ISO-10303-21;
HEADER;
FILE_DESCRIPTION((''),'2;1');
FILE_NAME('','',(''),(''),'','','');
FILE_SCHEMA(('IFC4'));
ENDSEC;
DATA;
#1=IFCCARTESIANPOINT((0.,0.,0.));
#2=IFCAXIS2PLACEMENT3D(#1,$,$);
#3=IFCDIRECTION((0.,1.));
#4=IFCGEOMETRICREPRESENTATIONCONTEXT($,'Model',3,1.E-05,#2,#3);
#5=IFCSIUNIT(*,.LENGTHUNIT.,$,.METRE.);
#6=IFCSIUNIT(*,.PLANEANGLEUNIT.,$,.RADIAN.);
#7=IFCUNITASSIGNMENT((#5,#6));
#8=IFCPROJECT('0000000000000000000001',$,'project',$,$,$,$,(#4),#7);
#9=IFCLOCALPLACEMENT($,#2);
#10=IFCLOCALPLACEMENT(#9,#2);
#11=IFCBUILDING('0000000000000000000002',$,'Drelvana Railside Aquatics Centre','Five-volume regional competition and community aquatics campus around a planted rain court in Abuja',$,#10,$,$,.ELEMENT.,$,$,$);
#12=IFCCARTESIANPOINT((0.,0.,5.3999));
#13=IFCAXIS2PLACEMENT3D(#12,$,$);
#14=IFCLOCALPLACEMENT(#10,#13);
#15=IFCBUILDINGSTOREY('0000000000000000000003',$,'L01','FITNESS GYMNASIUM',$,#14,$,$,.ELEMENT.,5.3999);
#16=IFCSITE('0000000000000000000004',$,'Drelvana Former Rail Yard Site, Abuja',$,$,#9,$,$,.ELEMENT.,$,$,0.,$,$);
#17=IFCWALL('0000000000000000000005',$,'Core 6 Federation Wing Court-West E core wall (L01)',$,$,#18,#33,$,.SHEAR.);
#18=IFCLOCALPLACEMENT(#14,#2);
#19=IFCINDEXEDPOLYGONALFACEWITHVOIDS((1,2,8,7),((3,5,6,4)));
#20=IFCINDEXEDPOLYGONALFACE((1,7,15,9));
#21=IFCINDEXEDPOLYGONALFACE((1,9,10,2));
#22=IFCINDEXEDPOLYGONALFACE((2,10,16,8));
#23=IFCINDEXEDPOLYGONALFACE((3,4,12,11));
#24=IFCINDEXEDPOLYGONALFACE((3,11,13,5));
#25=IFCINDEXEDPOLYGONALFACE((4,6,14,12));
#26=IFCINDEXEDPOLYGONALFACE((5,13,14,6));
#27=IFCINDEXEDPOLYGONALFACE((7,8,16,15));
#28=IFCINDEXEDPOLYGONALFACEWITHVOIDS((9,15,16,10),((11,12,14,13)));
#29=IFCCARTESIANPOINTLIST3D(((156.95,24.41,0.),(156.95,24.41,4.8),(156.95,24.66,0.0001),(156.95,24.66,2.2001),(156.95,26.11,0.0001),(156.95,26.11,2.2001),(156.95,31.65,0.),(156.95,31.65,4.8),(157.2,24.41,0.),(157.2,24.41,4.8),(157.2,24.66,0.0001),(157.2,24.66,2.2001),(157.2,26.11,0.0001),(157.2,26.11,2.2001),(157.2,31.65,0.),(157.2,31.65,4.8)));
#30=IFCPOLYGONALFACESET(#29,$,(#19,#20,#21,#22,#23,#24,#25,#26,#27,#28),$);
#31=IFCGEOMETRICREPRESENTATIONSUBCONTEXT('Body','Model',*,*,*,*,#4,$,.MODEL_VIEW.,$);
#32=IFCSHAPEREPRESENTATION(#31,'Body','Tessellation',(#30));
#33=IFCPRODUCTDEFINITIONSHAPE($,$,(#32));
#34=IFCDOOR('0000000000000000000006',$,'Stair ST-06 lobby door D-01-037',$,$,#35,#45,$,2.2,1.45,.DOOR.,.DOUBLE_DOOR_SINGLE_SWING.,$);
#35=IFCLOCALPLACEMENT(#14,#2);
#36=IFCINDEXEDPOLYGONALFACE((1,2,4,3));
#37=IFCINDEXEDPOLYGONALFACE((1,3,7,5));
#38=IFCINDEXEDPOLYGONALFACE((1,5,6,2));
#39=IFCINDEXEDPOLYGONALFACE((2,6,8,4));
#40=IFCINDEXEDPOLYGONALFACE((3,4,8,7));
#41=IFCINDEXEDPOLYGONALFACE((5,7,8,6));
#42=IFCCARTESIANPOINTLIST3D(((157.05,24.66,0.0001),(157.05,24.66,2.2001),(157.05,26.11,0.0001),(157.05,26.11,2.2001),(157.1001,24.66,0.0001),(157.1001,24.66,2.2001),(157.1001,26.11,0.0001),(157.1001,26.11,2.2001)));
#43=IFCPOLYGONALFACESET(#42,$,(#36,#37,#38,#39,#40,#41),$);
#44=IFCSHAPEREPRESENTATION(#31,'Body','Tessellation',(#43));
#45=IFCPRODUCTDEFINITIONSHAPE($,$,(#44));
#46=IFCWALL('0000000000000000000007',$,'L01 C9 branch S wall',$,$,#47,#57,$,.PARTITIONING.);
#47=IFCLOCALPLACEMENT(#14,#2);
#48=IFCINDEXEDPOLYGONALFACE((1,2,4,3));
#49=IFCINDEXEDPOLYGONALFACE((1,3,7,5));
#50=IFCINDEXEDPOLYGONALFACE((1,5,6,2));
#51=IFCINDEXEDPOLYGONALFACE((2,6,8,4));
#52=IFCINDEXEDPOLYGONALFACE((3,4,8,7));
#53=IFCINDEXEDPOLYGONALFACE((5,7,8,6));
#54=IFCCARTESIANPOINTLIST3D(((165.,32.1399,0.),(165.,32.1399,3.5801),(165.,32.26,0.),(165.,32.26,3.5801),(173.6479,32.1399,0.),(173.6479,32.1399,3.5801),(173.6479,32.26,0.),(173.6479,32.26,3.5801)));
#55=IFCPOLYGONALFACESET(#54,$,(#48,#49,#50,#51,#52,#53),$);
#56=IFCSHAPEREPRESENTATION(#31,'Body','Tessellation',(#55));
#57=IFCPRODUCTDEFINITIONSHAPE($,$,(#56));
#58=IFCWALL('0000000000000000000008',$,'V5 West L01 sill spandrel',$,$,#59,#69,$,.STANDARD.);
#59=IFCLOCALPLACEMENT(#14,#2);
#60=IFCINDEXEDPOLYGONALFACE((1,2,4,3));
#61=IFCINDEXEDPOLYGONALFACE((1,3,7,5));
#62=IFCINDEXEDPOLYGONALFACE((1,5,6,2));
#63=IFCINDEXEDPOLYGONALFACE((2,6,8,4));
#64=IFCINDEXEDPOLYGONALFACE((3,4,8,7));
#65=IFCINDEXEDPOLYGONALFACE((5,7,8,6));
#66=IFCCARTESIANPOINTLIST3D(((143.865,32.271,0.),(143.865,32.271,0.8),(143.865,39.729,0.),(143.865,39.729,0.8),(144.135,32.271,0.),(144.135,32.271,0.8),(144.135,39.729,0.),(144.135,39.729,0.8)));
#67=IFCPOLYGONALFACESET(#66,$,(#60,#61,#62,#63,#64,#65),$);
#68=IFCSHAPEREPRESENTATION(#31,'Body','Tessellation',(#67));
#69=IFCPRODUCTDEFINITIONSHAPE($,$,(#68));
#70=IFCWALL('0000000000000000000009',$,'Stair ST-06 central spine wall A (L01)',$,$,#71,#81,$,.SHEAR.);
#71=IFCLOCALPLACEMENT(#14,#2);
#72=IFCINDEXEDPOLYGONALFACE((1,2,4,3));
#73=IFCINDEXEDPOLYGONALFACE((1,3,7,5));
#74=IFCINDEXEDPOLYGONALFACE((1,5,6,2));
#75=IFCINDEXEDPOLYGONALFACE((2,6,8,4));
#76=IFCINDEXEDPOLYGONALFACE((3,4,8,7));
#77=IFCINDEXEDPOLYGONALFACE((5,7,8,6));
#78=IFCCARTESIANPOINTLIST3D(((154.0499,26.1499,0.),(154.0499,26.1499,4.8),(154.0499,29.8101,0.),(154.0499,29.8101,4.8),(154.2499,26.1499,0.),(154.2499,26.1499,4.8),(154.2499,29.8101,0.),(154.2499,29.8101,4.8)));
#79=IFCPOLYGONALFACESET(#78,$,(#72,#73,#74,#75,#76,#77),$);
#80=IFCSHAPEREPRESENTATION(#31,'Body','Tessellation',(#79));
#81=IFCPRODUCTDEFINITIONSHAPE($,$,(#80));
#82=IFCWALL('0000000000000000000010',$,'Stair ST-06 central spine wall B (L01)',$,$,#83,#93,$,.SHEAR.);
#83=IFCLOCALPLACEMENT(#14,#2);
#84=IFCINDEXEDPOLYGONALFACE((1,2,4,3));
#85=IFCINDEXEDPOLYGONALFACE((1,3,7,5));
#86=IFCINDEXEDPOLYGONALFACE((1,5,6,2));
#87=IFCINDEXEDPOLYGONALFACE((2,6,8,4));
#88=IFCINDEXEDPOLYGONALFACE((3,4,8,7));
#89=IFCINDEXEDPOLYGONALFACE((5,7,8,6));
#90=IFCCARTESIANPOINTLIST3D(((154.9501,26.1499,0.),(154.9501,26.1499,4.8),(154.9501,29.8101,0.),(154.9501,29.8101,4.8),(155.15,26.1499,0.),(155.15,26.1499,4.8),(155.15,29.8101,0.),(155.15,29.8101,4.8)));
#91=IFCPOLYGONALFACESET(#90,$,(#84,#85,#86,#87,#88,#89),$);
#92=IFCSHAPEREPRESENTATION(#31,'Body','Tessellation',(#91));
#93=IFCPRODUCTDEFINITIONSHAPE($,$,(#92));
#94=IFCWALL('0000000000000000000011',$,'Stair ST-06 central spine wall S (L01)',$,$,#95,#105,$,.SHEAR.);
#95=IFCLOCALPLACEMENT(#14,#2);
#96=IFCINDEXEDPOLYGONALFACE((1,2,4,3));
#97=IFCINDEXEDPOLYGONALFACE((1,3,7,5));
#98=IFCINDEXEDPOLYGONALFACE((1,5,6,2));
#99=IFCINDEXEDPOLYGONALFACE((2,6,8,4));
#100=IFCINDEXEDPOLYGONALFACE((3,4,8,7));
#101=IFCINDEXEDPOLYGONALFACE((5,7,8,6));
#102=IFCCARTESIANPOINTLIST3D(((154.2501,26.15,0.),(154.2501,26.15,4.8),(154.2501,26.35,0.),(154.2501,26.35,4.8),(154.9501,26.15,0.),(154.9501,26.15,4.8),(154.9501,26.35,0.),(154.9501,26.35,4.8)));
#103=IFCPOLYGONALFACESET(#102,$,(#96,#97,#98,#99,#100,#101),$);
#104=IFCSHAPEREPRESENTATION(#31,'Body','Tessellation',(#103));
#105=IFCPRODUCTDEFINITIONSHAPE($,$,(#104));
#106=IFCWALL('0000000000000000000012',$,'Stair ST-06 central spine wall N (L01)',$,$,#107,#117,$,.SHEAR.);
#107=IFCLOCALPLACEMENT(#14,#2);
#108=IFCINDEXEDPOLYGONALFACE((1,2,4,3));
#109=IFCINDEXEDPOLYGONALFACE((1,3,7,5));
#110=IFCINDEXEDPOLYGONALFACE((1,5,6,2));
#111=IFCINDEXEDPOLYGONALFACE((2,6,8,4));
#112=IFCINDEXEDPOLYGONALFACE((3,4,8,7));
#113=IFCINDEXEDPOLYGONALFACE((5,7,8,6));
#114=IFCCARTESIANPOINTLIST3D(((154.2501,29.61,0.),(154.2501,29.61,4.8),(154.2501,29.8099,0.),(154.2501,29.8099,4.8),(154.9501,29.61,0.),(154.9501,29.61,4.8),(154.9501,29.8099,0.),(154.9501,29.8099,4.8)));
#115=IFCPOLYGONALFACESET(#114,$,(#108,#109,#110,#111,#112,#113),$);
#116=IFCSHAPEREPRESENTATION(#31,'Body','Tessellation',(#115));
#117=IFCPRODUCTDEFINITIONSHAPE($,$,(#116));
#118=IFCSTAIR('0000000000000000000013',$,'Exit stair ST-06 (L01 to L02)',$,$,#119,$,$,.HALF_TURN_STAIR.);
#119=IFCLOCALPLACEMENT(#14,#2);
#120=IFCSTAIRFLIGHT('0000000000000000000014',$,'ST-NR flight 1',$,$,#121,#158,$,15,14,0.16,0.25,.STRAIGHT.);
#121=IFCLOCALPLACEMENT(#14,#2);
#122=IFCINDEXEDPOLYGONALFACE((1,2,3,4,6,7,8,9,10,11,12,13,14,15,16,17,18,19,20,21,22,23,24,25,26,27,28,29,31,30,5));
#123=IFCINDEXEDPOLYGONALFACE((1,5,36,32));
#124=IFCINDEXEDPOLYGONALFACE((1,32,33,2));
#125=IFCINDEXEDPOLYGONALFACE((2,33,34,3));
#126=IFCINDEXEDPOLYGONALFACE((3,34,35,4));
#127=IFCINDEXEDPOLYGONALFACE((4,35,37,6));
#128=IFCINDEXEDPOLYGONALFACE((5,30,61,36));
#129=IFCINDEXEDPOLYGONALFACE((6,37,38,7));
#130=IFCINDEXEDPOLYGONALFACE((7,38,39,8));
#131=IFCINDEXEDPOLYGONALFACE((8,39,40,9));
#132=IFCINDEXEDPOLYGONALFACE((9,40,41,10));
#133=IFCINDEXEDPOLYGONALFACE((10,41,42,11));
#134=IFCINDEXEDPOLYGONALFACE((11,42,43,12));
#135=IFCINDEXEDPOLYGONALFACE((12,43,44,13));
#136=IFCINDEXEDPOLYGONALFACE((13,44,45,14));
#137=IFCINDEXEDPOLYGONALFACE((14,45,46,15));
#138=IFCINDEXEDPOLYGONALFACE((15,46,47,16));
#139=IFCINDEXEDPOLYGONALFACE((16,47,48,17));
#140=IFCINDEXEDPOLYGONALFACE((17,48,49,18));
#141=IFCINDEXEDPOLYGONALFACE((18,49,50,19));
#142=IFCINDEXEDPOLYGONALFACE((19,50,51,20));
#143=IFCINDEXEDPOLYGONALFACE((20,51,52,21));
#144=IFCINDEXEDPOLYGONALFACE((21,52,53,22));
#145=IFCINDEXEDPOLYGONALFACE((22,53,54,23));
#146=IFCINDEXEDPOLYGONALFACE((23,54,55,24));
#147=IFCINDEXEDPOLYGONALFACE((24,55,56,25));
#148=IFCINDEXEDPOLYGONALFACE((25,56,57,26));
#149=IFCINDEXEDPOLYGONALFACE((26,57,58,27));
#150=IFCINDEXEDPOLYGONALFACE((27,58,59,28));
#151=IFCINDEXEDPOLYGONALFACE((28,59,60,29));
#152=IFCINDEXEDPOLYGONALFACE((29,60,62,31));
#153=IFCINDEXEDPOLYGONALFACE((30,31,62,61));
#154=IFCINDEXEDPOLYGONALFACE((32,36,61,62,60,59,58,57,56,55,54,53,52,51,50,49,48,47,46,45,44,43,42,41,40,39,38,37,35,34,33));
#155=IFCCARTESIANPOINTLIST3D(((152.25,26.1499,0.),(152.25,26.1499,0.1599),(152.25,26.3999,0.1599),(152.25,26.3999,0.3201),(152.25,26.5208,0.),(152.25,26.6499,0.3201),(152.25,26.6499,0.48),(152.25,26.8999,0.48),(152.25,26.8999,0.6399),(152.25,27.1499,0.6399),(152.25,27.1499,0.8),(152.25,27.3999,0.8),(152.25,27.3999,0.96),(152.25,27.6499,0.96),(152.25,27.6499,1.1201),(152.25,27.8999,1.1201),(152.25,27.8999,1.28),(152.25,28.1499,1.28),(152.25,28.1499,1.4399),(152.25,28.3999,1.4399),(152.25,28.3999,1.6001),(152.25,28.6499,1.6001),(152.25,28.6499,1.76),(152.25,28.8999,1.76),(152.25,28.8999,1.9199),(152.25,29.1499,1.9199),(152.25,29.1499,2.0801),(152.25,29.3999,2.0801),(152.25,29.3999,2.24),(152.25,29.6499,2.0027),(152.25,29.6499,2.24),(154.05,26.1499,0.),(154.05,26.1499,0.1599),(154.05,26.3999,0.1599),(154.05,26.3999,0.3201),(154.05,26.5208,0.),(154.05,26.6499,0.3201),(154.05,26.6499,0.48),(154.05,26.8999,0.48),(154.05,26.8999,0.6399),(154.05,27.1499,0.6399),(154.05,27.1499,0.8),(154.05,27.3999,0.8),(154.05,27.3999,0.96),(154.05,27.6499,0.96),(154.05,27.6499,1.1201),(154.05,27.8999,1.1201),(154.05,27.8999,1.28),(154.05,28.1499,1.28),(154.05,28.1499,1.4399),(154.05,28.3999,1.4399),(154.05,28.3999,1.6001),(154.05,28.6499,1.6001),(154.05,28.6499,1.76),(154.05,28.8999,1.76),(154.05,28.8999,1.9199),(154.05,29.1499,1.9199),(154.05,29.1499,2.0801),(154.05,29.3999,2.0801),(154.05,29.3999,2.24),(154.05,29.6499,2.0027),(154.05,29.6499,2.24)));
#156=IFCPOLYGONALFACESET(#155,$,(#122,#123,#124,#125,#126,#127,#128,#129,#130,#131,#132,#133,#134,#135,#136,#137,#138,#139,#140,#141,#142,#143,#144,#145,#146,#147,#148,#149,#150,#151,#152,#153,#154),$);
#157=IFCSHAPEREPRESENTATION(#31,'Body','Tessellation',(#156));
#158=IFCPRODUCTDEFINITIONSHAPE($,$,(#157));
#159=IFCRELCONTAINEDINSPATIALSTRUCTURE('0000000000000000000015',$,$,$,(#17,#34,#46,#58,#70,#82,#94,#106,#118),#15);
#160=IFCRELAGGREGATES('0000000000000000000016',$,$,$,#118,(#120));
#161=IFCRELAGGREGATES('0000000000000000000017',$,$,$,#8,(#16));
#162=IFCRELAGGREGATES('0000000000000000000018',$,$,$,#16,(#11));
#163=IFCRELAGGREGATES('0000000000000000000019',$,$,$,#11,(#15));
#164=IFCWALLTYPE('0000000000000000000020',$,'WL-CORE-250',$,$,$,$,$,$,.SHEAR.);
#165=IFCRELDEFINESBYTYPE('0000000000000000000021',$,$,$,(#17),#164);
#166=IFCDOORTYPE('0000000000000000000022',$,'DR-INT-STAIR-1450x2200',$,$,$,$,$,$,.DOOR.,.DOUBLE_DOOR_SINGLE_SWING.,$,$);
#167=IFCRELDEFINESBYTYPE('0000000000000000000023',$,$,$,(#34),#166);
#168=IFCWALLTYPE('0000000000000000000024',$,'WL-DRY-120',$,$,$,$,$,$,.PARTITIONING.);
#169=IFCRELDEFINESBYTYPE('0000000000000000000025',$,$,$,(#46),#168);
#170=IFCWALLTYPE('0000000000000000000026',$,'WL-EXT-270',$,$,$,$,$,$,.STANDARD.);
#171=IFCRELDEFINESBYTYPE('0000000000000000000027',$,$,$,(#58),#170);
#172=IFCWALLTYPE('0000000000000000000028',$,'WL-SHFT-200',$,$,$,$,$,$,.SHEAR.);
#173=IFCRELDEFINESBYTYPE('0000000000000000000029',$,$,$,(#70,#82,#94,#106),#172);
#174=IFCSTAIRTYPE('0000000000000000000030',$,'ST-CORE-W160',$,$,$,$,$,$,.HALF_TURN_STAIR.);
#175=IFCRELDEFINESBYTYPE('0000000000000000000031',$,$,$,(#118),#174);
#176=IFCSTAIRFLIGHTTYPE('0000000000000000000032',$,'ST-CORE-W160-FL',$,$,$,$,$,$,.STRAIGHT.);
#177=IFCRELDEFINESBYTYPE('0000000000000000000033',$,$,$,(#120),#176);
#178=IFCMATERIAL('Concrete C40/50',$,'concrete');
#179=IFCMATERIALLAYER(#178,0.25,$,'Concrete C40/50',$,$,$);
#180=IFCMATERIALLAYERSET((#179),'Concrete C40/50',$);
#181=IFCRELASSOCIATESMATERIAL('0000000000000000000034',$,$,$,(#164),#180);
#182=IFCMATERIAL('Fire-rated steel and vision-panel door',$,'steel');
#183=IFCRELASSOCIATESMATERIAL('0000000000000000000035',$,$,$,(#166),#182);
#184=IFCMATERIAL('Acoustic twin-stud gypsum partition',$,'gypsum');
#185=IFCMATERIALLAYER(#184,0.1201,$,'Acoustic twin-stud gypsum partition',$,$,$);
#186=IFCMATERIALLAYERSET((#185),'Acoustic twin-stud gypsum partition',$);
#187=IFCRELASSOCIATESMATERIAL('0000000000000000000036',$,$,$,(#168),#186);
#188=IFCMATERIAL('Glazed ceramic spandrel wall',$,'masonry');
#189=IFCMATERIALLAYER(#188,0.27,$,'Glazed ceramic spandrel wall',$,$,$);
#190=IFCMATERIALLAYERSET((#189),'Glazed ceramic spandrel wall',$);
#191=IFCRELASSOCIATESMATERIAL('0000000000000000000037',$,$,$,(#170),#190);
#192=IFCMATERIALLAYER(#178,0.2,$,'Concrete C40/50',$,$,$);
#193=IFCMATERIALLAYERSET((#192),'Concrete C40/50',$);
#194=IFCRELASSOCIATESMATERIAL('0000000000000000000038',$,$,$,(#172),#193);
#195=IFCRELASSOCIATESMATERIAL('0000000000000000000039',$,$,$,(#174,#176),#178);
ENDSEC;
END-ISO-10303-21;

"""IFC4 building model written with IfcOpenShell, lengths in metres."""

from ifc_helpers import new_model, si_unit, direction, frame, frame_2d, origin, place, context, subcontext, project, spatial, polyline, rectangle, outline, extrude, material, layer, layer_set, type_object, element, fill, aggregate, save


model = new_model("IFC4")

# Units and contexts
model_context = context("Model", 3, precision=1e-05, world=origin(), true_north=direction((0.0, 1.0)))
body_context = subcontext(model_context, "Body", "Model", "MODEL_VIEW")
ifc_project = project(units=[si_unit("LENGTHUNIT", "METRE"), si_unit("PLANEANGLEUNIT", "RADIAN")], contexts=[model_context])

# Site, building, storey
site_placement = place(None, origin())
site = spatial("IfcSite", under=ifc_project, at=site_placement, Name="Drelvana Former Rail Yard Site, Abuja", CompositionType="ELEMENT", RefElevation=0.0)
building_placement = place(site_placement, origin())
building = spatial("IfcBuilding", under=site, at=building_placement, Name="Drelvana Railside Aquatics Centre", Description="Five-volume regional competition and community aquatics campus around a planted rain court in Abuja", CompositionType="ELEMENT")
storey_placement = place(building_placement, frame((0.0, 0.0, 5.3999)))
storey = spatial("IfcBuildingStorey", under=building, at=storey_placement, Name="L01", Description="FITNESS GYMNASIUM", CompositionType="ELEMENT", Elevation=5.3999)

# Shared definitions
ifc_material_1 = material(Name="Concrete C40/50", Category="concrete")

# Shared definitions
ifc_layer_1 = layer(ifc_material_1, 0.25, Name="Concrete C40/50")
ifc_layer_set_1 = layer_set([ifc_layer_1], Name="Concrete C40/50")
wall_type_1 = type_object("IfcWallType", Name="WL-CORE-250", PredefinedType="SHEAR", material=ifc_layer_set_1)

# Wall, opening, door
wall_1_placement = place(storey_placement, frame((157.075, 24.4099, 0.0), z_axis=(0.0, 0.0, 1.0), x_axis=(0.0, 1.0, 0.0)))
wall_1 = element("IfcWall", 1, at=wall_1_placement, inside=storey, type_object=wall_type_1, Name="Core 6 Federation Wing Court-West E core wall (L01)", PredefinedType="SHEAR", context=body_context, shape_type="SweptSolid", body=[
    extrude(rectangle(XDim=7.24, YDim=0.25, at=frame_2d((3.6201, 0.0))), origin(), (0.0, 0.0, 1.0), 4.8),
])
opening_placement = place(wall_1_placement, frame((0.25, 0.0, 0.0)))
opening = element("IfcOpeningElement", 2, at=opening_placement, cuts=wall_1, PredefinedType="OPENING", context=body_context, shape_type="SweptSolid", body=[
    extrude(rectangle(XDim=1.45, YDim=2.2, at=frame_2d((0.7251, 1.1001))), frame((0.0, 0.135, 0.0), z_axis=(0.0, -1.0, 0.0), x_axis=(1.0, 0.0, 0.0)), (0.0, 0.0, 1.0), 0.27),
])
ifc_material_2 = material(Name="Fire-rated steel and vision-panel door", Category="steel")
door_type = type_object("IfcDoorType", Name="DR-INT-STAIR-1450x2200", OperationType="DOUBLE_DOOR_SINGLE_SWING", PredefinedType="DOOR", material=ifc_material_2)
door_placement = place(opening_placement, origin())
door = element("IfcDoor", 3, at=door_placement, inside=storey, type_object=door_type, Name="Stair ST-06 lobby door D-01-037", OperationType="DOUBLE_DOOR_SINGLE_SWING", OverallHeight=2.2, OverallWidth=1.45, PredefinedType="DOOR", context=body_context, shape_type="SweptSolid", body=[
    extrude(rectangle(XDim=1.45, YDim=2.2, at=frame_2d((0.7251, 1.1001))), frame((0.0, 0.0249, 0.0), z_axis=(0.0, -1.0, 0.0), x_axis=(1.0, 0.0, 0.0)), (0.0, 0.0, 1.0), 0.05),
])
fill(opening, door)

# Walls
ifc_material_3 = material(Name="Acoustic twin-stud gypsum partition", Category="gypsum")
ifc_layer_2 = layer(ifc_material_3, 0.1201, Name="Acoustic twin-stud gypsum partition")
ifc_layer_set_2 = layer_set([ifc_layer_2], Name="Acoustic twin-stud gypsum partition")
wall_type_2 = type_object("IfcWallType", Name="WL-DRY-120", PredefinedType="PARTITIONING", material=ifc_layer_set_2)
wall_2_placement = place(storey_placement, frame((165.0, 32.2, 0.0), z_axis=(0.0, 0.0, 1.0), x_axis=(1.0, 0.0, 0.0)))
element("IfcWall", 4, at=wall_2_placement, inside=storey, type_object=wall_type_2, Name="L01 C9 branch S wall", PredefinedType="PARTITIONING", context=body_context, shape_type="SweptSolid", body=[
    extrude(rectangle(XDim=8.6479, YDim=0.1201, at=frame_2d((4.324, 0.0))), origin(), (0.0, 0.0, 1.0), 3.5801),
])
ifc_material_4 = material(Name="Glazed ceramic spandrel wall", Category="masonry")
ifc_layer_3 = layer(ifc_material_4, 0.27, Name="Glazed ceramic spandrel wall")
ifc_layer_set_3 = layer_set([ifc_layer_3], Name="Glazed ceramic spandrel wall")
wall_type_3 = type_object("IfcWallType", Name="WL-EXT-270", PredefinedType="STANDARD", material=ifc_layer_set_3)
wall_3_placement = place(storey_placement, frame((144.0, 32.271, 0.0), z_axis=(0.0, 0.0, 1.0), x_axis=(0.0, 1.0, 0.0)))
element("IfcWall", 5, at=wall_3_placement, inside=storey, type_object=wall_type_3, Name="V5 West L01 sill spandrel", PredefinedType="STANDARD", context=body_context, shape_type="SweptSolid", body=[
    extrude(rectangle(XDim=7.458, YDim=0.27, at=frame_2d((3.729, 0.0))), origin(), (0.0, 0.0, 1.0), 0.8),
])
ifc_layer_4 = layer(ifc_material_1, 0.2, Name="Concrete C40/50")
ifc_layer_set_4 = layer_set([ifc_layer_4], Name="Concrete C40/50")
wall_type_4 = type_object("IfcWallType", Name="WL-SHFT-200", PredefinedType="SHEAR", material=ifc_layer_set_4)
for number, where, z_axis, x_axis, name in (
    (6, (154.1499, 26.1499, 0.0), (0.0, 0.0, 1.0), (0.0, 1.0, 0.0), "Stair ST-06 central spine wall A (L01)"),
    (7, (155.05, 26.1499, 0.0), (0.0, 0.0, 1.0), (0.0, 1.0, 0.0), "Stair ST-06 central spine wall B (L01)"),
):
    element("IfcWall", number, at=place(storey_placement, frame(where, z_axis=z_axis, x_axis=x_axis)), inside=storey, type_object=wall_type_4, Name=name, PredefinedType="SHEAR", context=body_context, shape_type="SweptSolid", body=[
        extrude(rectangle(XDim=3.6602, YDim=0.2, at=frame_2d((1.8301, 0.0))), origin(), (0.0, 0.0, 1.0), 4.8),
    ])
for number, where, z_axis, x_axis, name in (
    (8, (154.25, 26.25, 0.0), (0.0, 0.0, 1.0), (1.0, 0.0, 0.0), "Stair ST-06 central spine wall S (L01)"),
    (9, (154.25, 29.71, 0.0), (0.0, 0.0, 1.0), (1.0, 0.0, 0.0), "Stair ST-06 central spine wall N (L01)"),
):
    element("IfcWall", number, at=place(storey_placement, frame(where, z_axis=z_axis, x_axis=x_axis)), inside=storey, type_object=wall_type_4, Name=name, PredefinedType="SHEAR", context=body_context, shape_type="SweptSolid", body=[
        extrude(rectangle(XDim=0.7, YDim=0.2, at=frame_2d((0.3501, 0.0))), origin(), (0.0, 0.0, 1.0), 4.8),
    ])

# Stair, stair flight
stair_type = type_object("IfcStairType", Name="ST-CORE-W160", PredefinedType="HALF_TURN_STAIR", material=ifc_material_1)
stair_placement = place(storey_placement, origin())
stair = element("IfcStair", 10, at=stair_placement, inside=storey, type_object=stair_type, Name="Exit stair ST-06 (L01 to L02)", PredefinedType="HALF_TURN_STAIR")
stair_flight_type = type_object("IfcStairFlightType", Name="ST-CORE-W160-FL", PredefinedType="STRAIGHT", material=ifc_material_1)
stair_flight_1_placement = place(storey_placement, frame((153.1499, 26.1499, 0.0), z_axis=(0.0, 0.0, 1.0), x_axis=(0.0, 1.0, 0.0)))
stair_flight_1 = element("IfcStairFlight", 11, at=stair_flight_1_placement, type_object=stair_flight_type, Name="ST-NR flight 1", NumberOfRisers=15, NumberOfTreads=14, PredefinedType="STRAIGHT", RiserHeight=0.16, TreadLength=0.25, context=body_context, shape_type="SweptSolid", body=[
    extrude(outline(polyline([(0.0, 0.0), (0.0, 0.1599), (0.25, 0.1599), (0.25, 0.3201), (0.5, 0.3201), (0.5, 0.48), (0.75, 0.48), (0.75, 0.6399), (1.0, 0.6399), (1.0, 0.8), (1.25, 0.8), (1.25, 0.96), (1.5, 0.96), (1.5, 1.1201), (1.75, 1.1201), (1.75, 1.28), (2.0, 1.28), (2.0, 1.4399), (2.25, 1.4399), (2.25, 1.6001), (2.5, 1.6001), (2.5, 1.76), (2.75, 1.76), (2.75, 1.9199), (3.0, 1.9199), (3.0, 2.0801), (3.25, 2.0801), (3.25, 2.24), (3.5, 2.24), (3.5, 2.3999), (3.5, 2.0027), (0.3708, 0.0), (0.0, 0.0)])), frame((0.0, 0.8999, 0.0), z_axis=(0.0, -1.0, 0.0), x_axis=(1.0, 0.0, 0.0)), (0.0, 0.0, 1.0), 1.8),
])
aggregate(stair, [stair_flight_1])

save(model, "model.ifc")
